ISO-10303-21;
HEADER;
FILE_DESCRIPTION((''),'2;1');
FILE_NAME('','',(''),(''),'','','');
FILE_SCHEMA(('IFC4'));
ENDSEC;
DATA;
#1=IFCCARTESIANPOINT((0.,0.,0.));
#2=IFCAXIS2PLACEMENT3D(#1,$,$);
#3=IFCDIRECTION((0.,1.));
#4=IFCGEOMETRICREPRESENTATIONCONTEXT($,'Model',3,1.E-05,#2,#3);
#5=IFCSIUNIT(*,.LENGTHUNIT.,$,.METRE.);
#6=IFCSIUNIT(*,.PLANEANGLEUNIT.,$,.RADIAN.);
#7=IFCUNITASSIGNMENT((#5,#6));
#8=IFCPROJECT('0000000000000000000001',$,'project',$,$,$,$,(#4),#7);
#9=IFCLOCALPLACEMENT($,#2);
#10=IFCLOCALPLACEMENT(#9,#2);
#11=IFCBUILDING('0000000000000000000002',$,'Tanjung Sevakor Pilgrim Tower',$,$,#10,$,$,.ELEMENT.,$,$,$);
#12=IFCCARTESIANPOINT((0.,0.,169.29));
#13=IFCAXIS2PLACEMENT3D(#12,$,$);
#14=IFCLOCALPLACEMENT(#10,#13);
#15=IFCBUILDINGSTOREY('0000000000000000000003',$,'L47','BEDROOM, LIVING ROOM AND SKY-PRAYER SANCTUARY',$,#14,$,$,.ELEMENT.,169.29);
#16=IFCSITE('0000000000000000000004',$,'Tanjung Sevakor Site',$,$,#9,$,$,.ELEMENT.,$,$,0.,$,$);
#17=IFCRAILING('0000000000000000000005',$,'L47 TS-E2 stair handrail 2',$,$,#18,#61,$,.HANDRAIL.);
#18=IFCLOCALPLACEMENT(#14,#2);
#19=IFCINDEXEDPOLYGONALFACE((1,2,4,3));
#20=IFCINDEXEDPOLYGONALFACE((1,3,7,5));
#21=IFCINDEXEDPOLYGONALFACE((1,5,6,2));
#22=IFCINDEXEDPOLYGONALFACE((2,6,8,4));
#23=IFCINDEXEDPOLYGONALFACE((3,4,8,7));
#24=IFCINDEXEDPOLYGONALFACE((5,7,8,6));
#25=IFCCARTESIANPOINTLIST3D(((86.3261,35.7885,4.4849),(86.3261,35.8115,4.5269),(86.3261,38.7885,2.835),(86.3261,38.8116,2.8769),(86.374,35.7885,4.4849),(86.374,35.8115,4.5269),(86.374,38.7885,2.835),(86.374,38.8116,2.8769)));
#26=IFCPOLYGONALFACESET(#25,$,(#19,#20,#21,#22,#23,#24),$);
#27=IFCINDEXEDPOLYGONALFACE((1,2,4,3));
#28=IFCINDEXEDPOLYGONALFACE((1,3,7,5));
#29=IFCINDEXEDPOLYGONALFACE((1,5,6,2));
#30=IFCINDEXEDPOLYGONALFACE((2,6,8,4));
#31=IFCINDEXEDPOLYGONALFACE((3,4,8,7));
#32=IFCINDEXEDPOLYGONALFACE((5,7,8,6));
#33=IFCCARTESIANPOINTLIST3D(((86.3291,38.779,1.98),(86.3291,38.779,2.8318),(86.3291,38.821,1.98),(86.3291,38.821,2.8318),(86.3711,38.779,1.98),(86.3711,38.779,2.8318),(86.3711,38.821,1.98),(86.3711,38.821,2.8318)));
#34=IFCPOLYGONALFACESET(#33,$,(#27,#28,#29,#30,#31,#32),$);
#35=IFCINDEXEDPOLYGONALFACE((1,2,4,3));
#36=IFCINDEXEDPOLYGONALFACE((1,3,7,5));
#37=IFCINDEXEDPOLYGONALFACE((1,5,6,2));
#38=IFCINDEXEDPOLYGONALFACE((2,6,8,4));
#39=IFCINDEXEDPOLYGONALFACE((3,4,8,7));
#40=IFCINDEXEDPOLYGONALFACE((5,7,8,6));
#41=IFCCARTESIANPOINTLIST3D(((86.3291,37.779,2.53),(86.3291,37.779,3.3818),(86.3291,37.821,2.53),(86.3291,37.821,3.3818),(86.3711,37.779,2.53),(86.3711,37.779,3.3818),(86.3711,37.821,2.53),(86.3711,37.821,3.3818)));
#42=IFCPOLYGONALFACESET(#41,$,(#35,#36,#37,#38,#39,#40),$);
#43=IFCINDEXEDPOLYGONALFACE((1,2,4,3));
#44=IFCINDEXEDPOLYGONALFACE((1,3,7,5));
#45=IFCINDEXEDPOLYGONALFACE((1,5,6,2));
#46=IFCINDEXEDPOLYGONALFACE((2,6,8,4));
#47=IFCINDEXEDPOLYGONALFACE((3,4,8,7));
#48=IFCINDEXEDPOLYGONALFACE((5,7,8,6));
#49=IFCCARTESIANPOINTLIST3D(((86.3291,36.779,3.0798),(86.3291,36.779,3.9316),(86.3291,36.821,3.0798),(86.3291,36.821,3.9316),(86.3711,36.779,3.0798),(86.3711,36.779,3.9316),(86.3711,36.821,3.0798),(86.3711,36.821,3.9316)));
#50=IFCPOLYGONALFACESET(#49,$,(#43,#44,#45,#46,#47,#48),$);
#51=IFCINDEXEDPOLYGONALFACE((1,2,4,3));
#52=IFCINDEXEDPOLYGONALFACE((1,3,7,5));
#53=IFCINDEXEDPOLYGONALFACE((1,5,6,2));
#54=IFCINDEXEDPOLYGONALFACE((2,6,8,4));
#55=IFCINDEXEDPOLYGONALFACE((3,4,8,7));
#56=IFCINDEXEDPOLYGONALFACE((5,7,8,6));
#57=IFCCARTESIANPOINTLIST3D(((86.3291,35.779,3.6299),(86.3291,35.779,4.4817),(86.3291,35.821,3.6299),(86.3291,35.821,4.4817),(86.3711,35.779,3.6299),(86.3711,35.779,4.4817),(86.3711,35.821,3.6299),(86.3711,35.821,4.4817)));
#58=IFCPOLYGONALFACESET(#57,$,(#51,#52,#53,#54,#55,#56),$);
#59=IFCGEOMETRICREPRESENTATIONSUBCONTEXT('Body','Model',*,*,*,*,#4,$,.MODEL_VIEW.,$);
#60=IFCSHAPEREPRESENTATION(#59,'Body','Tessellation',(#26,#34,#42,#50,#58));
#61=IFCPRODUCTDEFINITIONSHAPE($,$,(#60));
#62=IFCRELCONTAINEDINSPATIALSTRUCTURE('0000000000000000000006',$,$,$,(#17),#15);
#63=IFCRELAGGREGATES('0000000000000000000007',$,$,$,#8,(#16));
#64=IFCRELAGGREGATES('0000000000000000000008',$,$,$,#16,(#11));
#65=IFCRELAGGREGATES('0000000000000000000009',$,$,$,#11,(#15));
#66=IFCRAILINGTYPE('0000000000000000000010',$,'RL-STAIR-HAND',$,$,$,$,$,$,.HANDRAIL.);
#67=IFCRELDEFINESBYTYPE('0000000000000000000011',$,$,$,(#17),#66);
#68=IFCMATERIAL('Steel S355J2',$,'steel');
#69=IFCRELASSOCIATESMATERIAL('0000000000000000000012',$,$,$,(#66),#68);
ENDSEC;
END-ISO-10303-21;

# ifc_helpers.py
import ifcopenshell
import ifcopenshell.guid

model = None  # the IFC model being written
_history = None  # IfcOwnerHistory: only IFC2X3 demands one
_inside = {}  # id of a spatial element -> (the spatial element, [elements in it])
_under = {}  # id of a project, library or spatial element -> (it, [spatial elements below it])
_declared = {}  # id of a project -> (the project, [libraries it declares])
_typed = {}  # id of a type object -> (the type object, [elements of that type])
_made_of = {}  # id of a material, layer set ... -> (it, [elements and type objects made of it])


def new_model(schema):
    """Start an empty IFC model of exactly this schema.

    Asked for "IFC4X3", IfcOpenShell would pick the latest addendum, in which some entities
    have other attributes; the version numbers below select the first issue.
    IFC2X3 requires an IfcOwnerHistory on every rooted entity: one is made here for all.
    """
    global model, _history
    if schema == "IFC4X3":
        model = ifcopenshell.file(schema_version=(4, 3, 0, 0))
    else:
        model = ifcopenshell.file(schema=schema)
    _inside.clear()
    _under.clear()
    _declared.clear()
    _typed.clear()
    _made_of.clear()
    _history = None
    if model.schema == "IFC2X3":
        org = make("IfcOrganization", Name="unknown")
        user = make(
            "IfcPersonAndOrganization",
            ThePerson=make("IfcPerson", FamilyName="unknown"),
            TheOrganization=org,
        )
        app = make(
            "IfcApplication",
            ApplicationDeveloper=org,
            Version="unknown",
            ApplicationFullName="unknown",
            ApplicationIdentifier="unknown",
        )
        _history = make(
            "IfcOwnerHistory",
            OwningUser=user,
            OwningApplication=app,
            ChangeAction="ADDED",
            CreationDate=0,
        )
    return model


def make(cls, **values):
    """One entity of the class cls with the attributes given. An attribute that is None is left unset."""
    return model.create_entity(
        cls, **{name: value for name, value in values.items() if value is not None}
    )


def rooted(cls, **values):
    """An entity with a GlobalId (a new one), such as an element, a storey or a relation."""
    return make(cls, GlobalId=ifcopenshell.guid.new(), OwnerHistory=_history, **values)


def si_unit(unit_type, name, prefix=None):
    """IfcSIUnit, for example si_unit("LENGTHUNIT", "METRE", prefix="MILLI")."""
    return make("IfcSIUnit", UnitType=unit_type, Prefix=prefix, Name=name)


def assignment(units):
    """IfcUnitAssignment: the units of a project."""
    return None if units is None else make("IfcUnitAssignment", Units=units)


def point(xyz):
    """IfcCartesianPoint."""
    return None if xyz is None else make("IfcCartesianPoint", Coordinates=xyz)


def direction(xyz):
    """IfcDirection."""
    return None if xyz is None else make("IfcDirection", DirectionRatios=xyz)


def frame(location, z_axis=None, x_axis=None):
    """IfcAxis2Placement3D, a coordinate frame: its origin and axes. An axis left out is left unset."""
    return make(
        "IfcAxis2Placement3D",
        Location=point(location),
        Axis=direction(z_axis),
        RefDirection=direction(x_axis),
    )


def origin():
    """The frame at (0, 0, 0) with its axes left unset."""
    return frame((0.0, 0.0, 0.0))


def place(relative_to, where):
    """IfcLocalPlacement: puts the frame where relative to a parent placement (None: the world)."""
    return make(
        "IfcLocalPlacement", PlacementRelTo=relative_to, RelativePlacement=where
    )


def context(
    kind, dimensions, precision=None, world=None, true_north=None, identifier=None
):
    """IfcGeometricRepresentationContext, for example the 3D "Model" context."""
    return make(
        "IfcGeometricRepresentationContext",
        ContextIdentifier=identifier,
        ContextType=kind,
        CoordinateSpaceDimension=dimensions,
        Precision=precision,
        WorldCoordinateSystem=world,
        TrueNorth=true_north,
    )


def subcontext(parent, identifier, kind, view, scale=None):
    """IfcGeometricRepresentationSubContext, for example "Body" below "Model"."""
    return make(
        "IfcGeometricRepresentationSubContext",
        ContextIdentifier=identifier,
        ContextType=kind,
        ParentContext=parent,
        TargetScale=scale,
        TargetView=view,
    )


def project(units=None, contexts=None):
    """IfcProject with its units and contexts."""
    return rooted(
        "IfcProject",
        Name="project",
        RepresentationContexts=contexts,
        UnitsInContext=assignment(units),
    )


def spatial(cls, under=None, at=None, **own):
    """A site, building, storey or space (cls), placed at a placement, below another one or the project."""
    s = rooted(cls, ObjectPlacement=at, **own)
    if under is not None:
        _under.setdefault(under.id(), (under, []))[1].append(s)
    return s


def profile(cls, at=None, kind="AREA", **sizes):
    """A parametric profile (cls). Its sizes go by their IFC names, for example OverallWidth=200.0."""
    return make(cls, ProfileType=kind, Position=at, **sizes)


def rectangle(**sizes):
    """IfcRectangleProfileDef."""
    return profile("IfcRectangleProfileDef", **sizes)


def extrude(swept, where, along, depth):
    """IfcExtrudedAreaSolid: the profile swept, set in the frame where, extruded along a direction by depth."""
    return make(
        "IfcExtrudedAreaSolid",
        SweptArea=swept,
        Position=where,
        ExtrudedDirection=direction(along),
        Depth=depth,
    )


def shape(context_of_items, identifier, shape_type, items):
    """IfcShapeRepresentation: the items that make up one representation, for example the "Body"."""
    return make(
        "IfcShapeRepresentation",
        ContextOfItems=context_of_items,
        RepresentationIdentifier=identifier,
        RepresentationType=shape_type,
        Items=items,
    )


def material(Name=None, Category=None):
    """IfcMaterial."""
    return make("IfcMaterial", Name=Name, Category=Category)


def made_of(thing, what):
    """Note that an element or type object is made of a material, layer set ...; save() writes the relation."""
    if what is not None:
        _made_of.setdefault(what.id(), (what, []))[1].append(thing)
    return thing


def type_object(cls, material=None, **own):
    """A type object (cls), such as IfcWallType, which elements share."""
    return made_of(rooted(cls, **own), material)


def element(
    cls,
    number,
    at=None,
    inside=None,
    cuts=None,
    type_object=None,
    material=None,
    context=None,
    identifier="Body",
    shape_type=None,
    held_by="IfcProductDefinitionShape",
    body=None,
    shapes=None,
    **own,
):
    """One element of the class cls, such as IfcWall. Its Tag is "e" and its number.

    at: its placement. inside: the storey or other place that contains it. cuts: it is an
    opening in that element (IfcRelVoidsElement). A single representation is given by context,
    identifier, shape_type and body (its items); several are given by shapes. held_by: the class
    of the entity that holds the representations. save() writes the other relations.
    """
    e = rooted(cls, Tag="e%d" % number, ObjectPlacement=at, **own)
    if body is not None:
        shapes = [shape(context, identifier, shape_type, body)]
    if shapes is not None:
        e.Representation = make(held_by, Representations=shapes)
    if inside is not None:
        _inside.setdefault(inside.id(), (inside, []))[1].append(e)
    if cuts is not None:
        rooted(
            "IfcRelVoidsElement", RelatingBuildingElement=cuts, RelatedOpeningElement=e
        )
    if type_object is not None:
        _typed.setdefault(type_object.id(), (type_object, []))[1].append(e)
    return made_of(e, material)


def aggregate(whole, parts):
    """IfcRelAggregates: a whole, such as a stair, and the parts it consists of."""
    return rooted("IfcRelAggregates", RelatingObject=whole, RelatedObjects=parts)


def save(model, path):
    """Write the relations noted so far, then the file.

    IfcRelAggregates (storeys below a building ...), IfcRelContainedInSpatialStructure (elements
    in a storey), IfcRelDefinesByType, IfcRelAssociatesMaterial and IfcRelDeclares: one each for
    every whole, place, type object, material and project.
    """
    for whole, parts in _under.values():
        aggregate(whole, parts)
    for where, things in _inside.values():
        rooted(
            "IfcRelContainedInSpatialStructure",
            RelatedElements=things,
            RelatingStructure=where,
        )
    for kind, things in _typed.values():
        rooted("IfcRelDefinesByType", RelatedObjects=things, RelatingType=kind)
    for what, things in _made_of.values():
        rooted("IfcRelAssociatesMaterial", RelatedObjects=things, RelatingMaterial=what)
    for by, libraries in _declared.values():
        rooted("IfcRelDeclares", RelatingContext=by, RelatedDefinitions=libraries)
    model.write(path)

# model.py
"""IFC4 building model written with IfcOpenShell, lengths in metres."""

from ifc_helpers import new_model, si_unit, direction, frame, origin, place, context, subcontext, project, spatial, rectangle, extrude, material, type_object, element, save


model = new_model("IFC4")

# Units and contexts
model_context = context("Model", 3, precision=1e-05, world=origin(), true_north=direction((0.0, 1.0)))
body_context = subcontext(model_context, "Body", "Model", "MODEL_VIEW")
ifc_project = project(units=[si_unit("LENGTHUNIT", "METRE"), si_unit("PLANEANGLEUNIT", "RADIAN")], contexts=[model_context])

# Site, building, storey
site_placement = place(None, origin())
site = spatial("IfcSite", under=ifc_project, at=site_placement, Name="Tanjung Sevakor Site", CompositionType="ELEMENT", RefElevation=0.0)
building_placement = place(site_placement, origin())
building = spatial("IfcBuilding", under=site, at=building_placement, Name="Tanjung Sevakor Pilgrim Tower", CompositionType="ELEMENT")
storey_placement = place(building_placement, frame((0.0, 0.0, 169.29)))
storey = spatial("IfcBuildingStorey", under=building, at=storey_placement, Name="L47", Description="BEDROOM, LIVING ROOM AND SKY-PRAYER SANCTUARY", CompositionType="ELEMENT", Elevation=169.29)

# Railing
ifc_material_1 = material(Name="Steel S355J2", Category="steel")
railing_type_1 = type_object("IfcRailingType", Name="RL-STAIR-HAND", PredefinedType="HANDRAIL", material=ifc_material_1)
railing_1_placement = place(storey_placement, frame((86.3501, 38.8, 1.98)))
element("IfcRailing", 1, at=railing_1_placement, inside=storey, type_object=railing_type_1, Name="L47 TS-E2 stair handrail 2", PredefinedType="HANDRAIL", context=body_context, shape_type="SweptSolid", body=[
    extrude(rectangle(XDim=0.0479, YDim=0.0479), frame((0.0, 0.0, 0.876), z_axis=(0.0, -0.876228, 0.481897), x_axis=(1.0, 0.0, 0.0)), (0.0, 0.0, 1.0), 3.4238),
    extrude(rectangle(XDim=0.042, YDim=0.042), origin(), (0.0, 0.0, 1.0), 0.8518),
    extrude(rectangle(XDim=0.042, YDim=0.042), frame((0.0, -1.0, 0.55)), (0.0, 0.0, 1.0), 0.8518),
    extrude(rectangle(XDim=0.042, YDim=0.042), frame((0.0, -2.0, 1.0999)), (0.0, 0.0, 1.0), 0.8518),
    extrude(rectangle(XDim=0.042, YDim=0.042), frame((0.0, -3.0, 1.6499)), (0.0, 0.0, 1.0), 0.8518),
])

save(model, "model.ifc")
